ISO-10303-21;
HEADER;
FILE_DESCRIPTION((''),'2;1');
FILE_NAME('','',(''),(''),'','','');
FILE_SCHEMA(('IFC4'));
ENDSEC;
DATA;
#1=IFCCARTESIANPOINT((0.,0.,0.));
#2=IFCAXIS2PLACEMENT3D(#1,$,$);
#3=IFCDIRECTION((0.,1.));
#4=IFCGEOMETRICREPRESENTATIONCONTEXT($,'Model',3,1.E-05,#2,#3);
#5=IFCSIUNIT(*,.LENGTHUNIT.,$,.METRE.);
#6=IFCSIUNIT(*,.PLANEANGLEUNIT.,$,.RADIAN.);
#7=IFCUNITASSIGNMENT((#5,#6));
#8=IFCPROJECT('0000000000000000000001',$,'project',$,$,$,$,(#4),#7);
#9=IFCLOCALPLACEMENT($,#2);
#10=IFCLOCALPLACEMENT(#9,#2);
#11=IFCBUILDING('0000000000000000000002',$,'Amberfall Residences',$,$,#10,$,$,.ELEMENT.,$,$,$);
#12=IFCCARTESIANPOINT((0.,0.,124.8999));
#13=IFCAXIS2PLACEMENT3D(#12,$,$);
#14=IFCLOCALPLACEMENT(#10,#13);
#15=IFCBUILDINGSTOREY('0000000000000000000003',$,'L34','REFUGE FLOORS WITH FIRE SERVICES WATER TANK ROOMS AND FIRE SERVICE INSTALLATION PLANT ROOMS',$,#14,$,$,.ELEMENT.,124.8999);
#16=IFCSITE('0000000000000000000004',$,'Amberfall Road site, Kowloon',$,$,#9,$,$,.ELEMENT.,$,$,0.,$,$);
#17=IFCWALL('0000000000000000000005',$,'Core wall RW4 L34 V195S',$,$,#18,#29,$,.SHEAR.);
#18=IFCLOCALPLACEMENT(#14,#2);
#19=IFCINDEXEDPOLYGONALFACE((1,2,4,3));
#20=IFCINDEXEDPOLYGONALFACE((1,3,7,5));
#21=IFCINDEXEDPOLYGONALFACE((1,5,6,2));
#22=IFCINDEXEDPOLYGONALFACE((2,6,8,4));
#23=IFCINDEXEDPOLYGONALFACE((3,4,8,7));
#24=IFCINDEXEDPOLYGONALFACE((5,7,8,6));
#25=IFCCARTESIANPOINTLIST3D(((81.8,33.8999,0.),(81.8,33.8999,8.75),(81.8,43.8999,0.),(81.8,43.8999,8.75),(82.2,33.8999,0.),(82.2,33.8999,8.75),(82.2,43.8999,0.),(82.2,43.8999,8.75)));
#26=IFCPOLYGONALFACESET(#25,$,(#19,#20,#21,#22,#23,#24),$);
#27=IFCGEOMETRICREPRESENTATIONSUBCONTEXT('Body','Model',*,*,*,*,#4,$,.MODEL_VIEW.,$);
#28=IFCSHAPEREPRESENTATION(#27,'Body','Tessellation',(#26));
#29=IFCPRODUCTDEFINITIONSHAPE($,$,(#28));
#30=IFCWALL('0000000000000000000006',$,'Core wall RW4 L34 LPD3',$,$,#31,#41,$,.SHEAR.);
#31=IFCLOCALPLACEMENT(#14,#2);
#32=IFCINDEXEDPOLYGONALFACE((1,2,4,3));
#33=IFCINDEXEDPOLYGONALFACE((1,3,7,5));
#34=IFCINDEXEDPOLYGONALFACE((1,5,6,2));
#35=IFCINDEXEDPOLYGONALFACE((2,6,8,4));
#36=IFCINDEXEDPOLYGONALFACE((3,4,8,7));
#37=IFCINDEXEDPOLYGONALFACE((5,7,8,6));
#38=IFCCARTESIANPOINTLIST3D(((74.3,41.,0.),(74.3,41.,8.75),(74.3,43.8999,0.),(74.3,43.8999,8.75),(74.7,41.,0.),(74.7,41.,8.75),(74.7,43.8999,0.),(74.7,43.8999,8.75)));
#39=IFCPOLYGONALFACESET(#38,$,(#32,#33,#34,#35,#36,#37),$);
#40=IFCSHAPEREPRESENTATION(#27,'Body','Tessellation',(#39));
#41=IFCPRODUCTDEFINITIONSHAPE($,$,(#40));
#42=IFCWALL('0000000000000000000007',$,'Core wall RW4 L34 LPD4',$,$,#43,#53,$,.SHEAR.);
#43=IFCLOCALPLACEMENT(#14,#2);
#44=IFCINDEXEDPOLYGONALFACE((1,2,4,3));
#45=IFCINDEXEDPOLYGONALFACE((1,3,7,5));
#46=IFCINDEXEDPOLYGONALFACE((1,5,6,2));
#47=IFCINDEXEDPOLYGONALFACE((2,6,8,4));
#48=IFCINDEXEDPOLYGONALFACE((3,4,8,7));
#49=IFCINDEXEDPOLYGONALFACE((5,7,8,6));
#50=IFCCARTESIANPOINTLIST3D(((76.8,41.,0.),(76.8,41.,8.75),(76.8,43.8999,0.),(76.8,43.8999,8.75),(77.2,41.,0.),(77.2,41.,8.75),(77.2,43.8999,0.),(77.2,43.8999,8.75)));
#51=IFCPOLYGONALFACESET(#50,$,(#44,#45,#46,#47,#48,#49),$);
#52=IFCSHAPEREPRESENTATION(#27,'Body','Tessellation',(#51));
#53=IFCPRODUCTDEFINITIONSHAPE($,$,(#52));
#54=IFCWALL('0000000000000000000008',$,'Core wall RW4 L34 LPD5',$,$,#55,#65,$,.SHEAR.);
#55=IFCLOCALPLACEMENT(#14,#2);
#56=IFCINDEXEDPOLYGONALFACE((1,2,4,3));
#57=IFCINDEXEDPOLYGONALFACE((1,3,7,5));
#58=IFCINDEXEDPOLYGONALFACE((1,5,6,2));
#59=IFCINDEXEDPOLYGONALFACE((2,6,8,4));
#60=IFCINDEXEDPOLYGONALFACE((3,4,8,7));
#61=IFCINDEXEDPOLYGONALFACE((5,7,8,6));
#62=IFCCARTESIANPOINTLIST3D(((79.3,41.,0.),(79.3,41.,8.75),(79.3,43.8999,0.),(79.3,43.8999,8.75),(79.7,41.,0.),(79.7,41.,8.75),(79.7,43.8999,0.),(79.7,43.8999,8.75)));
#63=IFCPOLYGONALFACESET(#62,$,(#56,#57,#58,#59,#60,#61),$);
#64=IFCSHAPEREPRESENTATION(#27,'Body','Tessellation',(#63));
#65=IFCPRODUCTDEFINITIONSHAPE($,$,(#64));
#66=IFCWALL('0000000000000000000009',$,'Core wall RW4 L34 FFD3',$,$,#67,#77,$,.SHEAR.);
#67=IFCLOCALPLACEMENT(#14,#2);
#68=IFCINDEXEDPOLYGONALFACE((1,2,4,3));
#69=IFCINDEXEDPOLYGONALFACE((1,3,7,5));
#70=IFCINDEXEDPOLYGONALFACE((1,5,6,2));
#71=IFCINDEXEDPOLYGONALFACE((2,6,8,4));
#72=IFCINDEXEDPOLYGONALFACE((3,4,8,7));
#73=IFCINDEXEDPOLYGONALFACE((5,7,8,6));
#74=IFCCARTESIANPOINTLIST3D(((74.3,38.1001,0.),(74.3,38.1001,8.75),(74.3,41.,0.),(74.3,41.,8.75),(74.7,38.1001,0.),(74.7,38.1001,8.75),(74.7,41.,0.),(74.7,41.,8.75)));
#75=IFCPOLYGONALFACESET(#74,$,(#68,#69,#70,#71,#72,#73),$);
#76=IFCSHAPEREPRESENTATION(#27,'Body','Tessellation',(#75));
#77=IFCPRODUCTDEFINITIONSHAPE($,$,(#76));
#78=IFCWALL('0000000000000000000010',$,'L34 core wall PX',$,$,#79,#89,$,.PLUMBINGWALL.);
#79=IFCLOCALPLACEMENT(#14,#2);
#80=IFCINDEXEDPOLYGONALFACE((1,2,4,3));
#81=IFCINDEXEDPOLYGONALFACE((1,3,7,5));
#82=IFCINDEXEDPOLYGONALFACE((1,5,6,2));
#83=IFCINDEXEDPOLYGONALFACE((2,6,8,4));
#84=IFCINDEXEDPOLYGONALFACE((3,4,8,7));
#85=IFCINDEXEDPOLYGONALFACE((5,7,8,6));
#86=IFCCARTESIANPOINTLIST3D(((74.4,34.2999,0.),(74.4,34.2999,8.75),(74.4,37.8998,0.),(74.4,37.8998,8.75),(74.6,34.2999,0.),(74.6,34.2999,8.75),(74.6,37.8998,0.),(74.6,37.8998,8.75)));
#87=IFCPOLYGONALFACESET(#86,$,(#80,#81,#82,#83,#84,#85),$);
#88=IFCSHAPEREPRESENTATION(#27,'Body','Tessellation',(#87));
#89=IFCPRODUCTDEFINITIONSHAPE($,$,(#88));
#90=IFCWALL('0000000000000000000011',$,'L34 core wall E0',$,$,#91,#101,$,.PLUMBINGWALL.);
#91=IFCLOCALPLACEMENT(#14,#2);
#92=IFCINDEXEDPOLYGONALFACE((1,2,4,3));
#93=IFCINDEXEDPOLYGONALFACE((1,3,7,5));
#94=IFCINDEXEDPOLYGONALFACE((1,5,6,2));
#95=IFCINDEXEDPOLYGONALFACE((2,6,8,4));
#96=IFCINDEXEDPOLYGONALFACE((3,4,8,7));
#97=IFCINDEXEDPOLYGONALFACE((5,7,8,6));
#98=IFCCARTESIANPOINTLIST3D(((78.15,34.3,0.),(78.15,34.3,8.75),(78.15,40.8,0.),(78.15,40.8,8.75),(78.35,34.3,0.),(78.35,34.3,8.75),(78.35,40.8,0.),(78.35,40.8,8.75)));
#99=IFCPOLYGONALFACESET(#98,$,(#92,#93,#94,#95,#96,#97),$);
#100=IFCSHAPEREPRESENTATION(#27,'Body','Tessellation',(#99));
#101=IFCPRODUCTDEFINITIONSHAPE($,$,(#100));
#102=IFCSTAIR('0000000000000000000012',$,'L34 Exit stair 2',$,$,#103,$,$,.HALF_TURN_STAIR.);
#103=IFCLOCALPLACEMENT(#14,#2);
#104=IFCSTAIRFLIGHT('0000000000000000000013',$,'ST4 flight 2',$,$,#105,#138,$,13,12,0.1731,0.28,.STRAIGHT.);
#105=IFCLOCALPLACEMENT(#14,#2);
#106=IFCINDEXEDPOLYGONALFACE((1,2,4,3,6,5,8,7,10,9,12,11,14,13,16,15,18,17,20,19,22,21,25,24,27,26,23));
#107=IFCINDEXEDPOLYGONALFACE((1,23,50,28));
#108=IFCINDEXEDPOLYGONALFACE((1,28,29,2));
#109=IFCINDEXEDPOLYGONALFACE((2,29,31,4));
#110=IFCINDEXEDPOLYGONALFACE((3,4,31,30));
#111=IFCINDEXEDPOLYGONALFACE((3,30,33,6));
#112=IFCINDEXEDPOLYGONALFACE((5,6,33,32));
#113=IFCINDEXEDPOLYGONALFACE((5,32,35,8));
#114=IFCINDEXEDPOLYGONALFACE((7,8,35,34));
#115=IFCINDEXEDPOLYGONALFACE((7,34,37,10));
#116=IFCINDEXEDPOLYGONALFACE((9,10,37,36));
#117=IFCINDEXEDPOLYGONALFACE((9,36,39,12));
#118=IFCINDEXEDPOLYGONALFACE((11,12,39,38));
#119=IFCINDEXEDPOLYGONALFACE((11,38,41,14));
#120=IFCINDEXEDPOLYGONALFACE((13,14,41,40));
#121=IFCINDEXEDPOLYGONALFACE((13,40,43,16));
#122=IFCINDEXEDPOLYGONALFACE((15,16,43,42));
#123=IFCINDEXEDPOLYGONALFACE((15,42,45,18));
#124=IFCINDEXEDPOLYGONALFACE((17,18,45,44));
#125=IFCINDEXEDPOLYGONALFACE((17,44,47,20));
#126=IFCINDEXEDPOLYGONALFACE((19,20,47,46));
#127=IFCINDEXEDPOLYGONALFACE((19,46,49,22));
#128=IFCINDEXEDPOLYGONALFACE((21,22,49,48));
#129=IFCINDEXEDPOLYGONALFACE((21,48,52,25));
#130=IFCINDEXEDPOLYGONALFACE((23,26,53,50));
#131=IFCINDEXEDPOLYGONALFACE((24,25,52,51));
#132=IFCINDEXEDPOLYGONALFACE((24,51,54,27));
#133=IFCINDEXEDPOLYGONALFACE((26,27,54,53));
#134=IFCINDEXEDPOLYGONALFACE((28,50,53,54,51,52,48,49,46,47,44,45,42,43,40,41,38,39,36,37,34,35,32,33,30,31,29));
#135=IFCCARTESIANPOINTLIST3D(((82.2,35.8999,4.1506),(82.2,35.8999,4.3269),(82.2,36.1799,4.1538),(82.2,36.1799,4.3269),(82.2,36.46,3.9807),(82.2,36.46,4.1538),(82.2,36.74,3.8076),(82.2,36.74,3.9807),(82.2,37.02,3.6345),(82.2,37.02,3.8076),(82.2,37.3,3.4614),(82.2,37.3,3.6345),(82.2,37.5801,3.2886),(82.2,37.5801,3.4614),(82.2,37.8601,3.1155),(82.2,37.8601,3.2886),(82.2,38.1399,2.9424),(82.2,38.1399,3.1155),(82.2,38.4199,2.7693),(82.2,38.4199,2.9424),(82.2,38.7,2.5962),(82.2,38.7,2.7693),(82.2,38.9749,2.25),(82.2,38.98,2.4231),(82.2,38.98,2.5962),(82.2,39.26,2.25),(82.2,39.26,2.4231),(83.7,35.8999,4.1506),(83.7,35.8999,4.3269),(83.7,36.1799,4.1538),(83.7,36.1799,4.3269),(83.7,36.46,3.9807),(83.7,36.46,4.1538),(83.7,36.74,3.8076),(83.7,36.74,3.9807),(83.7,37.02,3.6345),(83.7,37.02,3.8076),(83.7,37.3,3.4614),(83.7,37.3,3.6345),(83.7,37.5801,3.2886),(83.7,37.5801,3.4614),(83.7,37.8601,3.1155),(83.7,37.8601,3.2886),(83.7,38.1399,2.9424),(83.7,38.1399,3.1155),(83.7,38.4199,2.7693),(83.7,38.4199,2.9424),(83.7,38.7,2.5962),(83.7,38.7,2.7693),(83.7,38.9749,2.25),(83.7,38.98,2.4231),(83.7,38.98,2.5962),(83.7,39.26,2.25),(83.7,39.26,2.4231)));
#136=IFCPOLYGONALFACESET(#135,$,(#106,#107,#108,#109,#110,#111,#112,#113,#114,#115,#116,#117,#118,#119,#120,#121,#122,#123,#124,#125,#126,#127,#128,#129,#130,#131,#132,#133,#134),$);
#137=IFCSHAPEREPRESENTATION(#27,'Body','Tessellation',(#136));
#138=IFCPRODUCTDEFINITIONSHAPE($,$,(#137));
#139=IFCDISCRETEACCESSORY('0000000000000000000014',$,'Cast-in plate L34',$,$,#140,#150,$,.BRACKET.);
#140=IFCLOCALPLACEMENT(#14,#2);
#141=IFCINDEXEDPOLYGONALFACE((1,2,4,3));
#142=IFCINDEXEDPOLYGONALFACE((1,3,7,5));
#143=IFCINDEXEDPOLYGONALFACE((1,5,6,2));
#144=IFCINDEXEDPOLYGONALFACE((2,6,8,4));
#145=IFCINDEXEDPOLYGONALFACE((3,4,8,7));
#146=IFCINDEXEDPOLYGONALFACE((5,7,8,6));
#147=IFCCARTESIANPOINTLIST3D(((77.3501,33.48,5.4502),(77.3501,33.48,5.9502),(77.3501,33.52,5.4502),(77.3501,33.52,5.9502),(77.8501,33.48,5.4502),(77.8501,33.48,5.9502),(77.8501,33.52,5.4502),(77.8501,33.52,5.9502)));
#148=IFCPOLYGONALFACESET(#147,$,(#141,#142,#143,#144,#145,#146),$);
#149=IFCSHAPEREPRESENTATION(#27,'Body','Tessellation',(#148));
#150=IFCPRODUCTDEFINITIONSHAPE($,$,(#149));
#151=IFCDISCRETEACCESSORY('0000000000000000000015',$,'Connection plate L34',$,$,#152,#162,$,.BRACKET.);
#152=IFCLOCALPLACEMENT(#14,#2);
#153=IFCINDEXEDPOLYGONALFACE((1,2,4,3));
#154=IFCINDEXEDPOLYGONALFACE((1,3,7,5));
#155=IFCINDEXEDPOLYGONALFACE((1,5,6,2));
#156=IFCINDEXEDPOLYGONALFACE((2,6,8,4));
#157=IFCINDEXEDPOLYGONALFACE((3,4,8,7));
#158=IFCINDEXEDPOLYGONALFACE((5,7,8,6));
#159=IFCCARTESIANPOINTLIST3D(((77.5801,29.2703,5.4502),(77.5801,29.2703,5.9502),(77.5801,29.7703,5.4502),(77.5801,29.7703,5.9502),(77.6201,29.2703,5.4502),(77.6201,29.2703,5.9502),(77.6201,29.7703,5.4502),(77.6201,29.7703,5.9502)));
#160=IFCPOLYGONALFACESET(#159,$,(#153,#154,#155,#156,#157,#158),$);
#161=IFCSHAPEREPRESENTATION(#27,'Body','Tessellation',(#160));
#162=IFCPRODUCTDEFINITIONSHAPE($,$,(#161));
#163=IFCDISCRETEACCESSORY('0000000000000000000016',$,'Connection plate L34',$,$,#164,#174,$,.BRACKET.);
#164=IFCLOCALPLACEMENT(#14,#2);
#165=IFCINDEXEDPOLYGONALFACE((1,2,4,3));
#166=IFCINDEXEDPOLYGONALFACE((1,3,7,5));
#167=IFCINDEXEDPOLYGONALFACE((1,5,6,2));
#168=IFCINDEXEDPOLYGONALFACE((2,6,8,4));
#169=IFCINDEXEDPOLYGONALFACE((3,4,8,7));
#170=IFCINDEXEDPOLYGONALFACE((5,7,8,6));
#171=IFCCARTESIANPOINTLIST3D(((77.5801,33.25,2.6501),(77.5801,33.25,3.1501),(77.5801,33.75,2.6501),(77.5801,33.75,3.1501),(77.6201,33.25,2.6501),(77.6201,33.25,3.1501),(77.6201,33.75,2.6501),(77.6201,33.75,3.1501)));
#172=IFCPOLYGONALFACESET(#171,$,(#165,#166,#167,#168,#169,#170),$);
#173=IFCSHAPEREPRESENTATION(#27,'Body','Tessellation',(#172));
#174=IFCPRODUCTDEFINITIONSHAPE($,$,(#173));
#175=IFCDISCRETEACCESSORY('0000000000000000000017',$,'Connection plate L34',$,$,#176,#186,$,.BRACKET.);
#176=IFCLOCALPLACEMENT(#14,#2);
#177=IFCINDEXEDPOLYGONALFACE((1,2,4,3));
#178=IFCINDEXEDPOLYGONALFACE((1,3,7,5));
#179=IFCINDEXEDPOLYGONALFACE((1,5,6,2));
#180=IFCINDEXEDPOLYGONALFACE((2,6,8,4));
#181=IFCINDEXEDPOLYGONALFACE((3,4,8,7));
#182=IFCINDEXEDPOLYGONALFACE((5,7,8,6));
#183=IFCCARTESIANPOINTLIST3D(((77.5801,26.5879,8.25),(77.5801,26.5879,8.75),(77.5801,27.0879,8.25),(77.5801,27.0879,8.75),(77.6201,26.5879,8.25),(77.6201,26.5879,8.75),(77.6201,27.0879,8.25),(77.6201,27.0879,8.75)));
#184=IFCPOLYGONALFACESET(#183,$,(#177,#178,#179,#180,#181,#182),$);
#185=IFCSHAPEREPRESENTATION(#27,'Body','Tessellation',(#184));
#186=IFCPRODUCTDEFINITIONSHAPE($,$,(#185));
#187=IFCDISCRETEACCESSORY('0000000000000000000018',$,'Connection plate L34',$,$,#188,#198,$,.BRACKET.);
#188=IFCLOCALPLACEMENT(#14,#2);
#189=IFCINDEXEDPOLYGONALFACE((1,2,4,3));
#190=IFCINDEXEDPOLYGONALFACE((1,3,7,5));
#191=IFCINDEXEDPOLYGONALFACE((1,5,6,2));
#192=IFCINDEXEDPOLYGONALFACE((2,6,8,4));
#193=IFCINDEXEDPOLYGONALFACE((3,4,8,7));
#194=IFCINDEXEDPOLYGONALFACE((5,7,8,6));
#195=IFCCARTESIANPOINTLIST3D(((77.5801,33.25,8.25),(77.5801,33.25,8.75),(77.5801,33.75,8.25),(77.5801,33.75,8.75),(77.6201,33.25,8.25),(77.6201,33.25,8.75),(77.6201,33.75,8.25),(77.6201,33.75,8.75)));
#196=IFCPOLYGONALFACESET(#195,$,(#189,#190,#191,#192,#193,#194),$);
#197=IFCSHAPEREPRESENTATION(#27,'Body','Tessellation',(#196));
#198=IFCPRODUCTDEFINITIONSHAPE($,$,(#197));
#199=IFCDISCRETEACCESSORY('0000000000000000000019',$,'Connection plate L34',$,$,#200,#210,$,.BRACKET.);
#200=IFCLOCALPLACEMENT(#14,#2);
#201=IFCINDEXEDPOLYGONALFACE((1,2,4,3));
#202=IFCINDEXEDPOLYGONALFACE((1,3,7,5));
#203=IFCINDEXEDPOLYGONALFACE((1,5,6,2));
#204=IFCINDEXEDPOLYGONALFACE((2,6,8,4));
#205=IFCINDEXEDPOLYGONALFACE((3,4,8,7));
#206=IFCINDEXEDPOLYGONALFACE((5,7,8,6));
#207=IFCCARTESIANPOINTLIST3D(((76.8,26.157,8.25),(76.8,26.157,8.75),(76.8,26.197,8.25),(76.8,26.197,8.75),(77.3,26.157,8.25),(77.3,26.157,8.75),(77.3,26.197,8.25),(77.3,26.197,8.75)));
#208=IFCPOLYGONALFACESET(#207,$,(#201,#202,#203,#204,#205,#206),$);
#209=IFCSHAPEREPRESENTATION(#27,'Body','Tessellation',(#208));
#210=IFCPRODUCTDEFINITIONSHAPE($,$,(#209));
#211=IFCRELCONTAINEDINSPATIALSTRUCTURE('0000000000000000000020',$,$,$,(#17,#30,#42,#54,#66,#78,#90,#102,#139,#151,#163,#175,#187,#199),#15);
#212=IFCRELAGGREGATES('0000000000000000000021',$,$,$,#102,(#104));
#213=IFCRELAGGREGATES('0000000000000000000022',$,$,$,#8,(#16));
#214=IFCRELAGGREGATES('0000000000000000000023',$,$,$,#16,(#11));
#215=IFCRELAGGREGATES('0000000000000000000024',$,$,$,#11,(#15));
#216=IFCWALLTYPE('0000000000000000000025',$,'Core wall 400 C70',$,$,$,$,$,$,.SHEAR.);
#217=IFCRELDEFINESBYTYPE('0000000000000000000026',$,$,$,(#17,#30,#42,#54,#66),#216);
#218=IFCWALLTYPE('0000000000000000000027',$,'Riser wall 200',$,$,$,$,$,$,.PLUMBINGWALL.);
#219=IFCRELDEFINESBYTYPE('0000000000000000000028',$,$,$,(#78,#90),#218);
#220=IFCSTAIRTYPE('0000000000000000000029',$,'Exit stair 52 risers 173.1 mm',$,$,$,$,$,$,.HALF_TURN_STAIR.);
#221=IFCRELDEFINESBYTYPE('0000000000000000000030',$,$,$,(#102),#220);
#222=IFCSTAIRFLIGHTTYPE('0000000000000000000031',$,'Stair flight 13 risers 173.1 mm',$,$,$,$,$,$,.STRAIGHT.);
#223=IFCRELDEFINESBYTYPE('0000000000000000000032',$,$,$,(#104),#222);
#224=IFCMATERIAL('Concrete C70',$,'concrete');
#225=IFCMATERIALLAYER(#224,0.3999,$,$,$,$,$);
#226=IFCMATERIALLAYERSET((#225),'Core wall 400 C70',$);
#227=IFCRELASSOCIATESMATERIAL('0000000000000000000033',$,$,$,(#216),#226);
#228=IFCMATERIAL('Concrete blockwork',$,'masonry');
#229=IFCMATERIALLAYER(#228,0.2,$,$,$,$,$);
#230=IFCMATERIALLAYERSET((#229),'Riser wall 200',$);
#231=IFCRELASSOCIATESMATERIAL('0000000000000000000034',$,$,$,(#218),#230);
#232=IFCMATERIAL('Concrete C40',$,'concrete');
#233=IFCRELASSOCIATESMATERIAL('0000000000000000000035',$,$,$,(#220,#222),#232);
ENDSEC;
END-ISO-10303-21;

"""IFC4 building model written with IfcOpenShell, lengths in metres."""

from ifc_helpers import new_model, si_unit, direction, frame, frame_2d, origin, origin_2d, place, context, subcontext, project, spatial, polyline, rectangle, outline, extrude, material, layer, layer_set, type_object, element, aggregate, save


model = new_model("IFC4")

# Units and contexts
model_context = context("Model", 3, precision=1e-05, world=origin(), true_north=direction((0.0, 1.0)))
body_context = subcontext(model_context, "Body", "Model", "MODEL_VIEW")
ifc_project = project(units=[si_unit("LENGTHUNIT", "METRE"), si_unit("PLANEANGLEUNIT", "RADIAN")], contexts=[model_context])

# Site, building, storey
site_placement = place(None, origin())
site = spatial("IfcSite", under=ifc_project, at=site_placement, Name="Amberfall Road site, Kowloon", CompositionType="ELEMENT", RefElevation=0.0)
building_placement = place(site_placement, origin())
building = spatial("IfcBuilding", under=site, at=building_placement, Name="Amberfall Residences", CompositionType="ELEMENT")
storey_placement = place(building_placement, frame((0.0, 0.0, 124.8999)))
storey = spatial("IfcBuildingStorey", under=building, at=storey_placement, Name="L34", Description="REFUGE FLOORS WITH FIRE SERVICES WATER TANK ROOMS AND FIRE SERVICE INSTALLATION PLANT ROOMS", CompositionType="ELEMENT", Elevation=124.8999)

# Walls
ifc_material_1 = material(Name="Concrete C70", Category="concrete")
ifc_layer_1 = layer(ifc_material_1, 0.3999)
ifc_layer_set_1 = layer_set([ifc_layer_1], Name="Core wall 400 C70")
wall_type_1 = type_object("IfcWallType", Name="Core wall 400 C70", PredefinedType="SHEAR", material=ifc_layer_set_1)
wall_1_placement = place(storey_placement, frame((82.0, 33.8999, 0.0), z_axis=(0.0, 0.0, 1.0), x_axis=(0.0, 1.0, 0.0)))
element("IfcWall", 1, at=wall_1_placement, inside=storey, type_object=wall_type_1, Name="Core wall RW4 L34 V195S", PredefinedType="SHEAR", context=body_context, shape_type="SweptSolid", body=[
    extrude(rectangle(XDim=10.0, YDim=0.3999, at=frame_2d((5.0, 0.0))), origin(), (0.0, 0.0, 1.0), 8.75),
])
for number, where, z_axis, x_axis, name in (
    (2, (74.5, 41.0, 0.0), (0.0, 0.0, 1.0), (0.0, 1.0, 0.0), "Core wall RW4 L34 LPD3"),
    (3, (77.0, 41.0, 0.0), (0.0, 0.0, 1.0), (0.0, 1.0, 0.0), "Core wall RW4 L34 LPD4"),
    (4, (79.5, 41.0, 0.0), (0.0, 0.0, 1.0), (0.0, 1.0, 0.0), "Core wall RW4 L34 LPD5"),
    (5, (74.5, 38.1001, 0.0), (0.0, 0.0, 1.0), (0.0, 1.0, 0.0), "Core wall RW4 L34 FFD3"),
):
    element("IfcWall", number, at=place(storey_placement, frame(where, z_axis=z_axis, x_axis=x_axis)), inside=storey, type_object=wall_type_1, Name=name, PredefinedType="SHEAR", context=body_context, shape_type="SweptSolid", body=[
        extrude(rectangle(XDim=2.8999, YDim=0.3999, at=frame_2d((1.45, 0.0))), origin(), (0.0, 0.0, 1.0), 8.75),
    ])
ifc_material_2 = material(Name="Concrete blockwork", Category="masonry")
ifc_layer_2 = layer(ifc_material_2, 0.2)
ifc_layer_set_2 = layer_set([ifc_layer_2], Name="Riser wall 200")
wall_type_2 = type_object("IfcWallType", Name="Riser wall 200", PredefinedType="PLUMBINGWALL", material=ifc_layer_set_2)
wall_2_placement = place(storey_placement, frame((74.5, 34.3, 0.0), z_axis=(0.0, 0.0, 1.0), x_axis=(0.0, 1.0, 0.0)))
element("IfcWall", 6, at=wall_2_placement, inside=storey, type_object=wall_type_2, Name="L34 core wall PX", PredefinedType="PLUMBINGWALL", context=body_context, shape_type="SweptSolid", body=[
    extrude(rectangle(XDim=3.5999, YDim=0.2, at=frame_2d((1.7998, 0.0))), origin(), (0.0, 0.0, 1.0), 8.75),
])
wall_3_placement = place(storey_placement, frame((78.25, 34.3, 0.0), z_axis=(0.0, 0.0, 1.0), x_axis=(0.0, 1.0, 0.0)))
element("IfcWall", 7, at=wall_3_placement, inside=storey, type_object=wall_type_2, Name="L34 core wall E0", PredefinedType="PLUMBINGWALL", context=body_context, shape_type="SweptSolid", body=[
    extrude(rectangle(XDim=6.5, YDim=0.2, at=frame_2d((3.25, 0.0))), origin(), (0.0, 0.0, 1.0), 8.75),
])

# Stair, stair flight
ifc_material_3 = material(Name="Concrete C40", Category="concrete")
stair_type = type_object("IfcStairType", Name="Exit stair 52 risers 173.1 mm", PredefinedType="HALF_TURN_STAIR", material=ifc_material_3)
stair_placement = place(storey_placement, origin())
stair = element("IfcStair", 8, at=stair_placement, inside=storey, type_object=stair_type, Name="L34 Exit stair 2", PredefinedType="HALF_TURN_STAIR")
stair_flight_type = type_object("IfcStairFlightType", Name="Stair flight 13 risers 173.1 mm", PredefinedType="STRAIGHT", material=ifc_material_3)
stair_flight_placement = place(storey_placement, frame((82.95, 39.26, 2.25), z_axis=(0.0, 0.0, 1.0), x_axis=(0.0, -1.0, 0.0)))
stair_flight = element("IfcStairFlight", 9, at=stair_flight_placement, type_object=stair_flight_type, Name="ST4 flight 2", NumberOfRisers=13, NumberOfTreads=12, PredefinedType="STRAIGHT", RiserHeight=0.1731, TreadLength=0.28, context=body_context, shape_type="SweptSolid", body=[
    extrude(outline(polyline([(0.0, 0.0), (0.0, 0.1731), (0.28, 0.1731), (0.28, 0.3462), (0.5601, 0.3462), (0.5601, 0.5193), (0.8401, 0.5193), (0.8401, 0.6924), (1.1201, 0.6924), (1.1201, 0.8655), (1.3999, 0.8655), (1.3999, 1.0386), (1.6799, 1.0386), (1.6799, 1.2114), (1.96, 1.2114), (1.96, 1.3845), (2.24, 1.3845), (2.24, 1.5576), (2.52, 1.5576), (2.52, 1.7307), (2.8, 1.7307), (2.8, 1.9038), (3.0801, 1.9038), (3.0801, 2.0769), (3.3601, 2.0769), (3.3601, 2.25), (3.3601, 1.9006), (0.2852, 0.0), (0.0, 0.0)])), frame((0.0, 0.75, 0.0), z_axis=(0.0, -1.0, 0.0), x_axis=(1.0, 0.0, 0.0)), (0.0, 0.0, 1.0), 1.5),
])
aggregate(stair, [stair_flight])

# Discrete accessories
discrete_accessory_1_placement = place(storey_placement, frame((77.6001, 33.5, 5.4502), z_axis=(0.0, 0.0, 1.0), x_axis=(0.0, 1.0, 0.0)))
element("IfcDiscreteAccessory", 10, at=discrete_accessory_1_placement, inside=storey, Name="Cast-in plate L34", PredefinedType="BRACKET", context=body_context, shape_type="SweptSolid", body=[
    extrude(rectangle(XDim=0.04, YDim=0.5, at=origin_2d()), origin(), (0.0, 0.0, 1.0), 0.5),
])
for number, where, z_axis, x_axis, name in (
    (11, (77.6001, 29.5203, 5.4502), (0.0, 0.0, 1.0), (0.0, 1.0, 0.0), "Connection plate L34"),
    (12, (77.6001, 33.5, 2.6501), (0.0, 0.0, 1.0), (0.0, 1.0, 0.0), "Connection plate L34"),
    (13, (77.6001, 26.8379, 8.25), (0.0, 0.0, 1.0), (0.0, 1.0, 0.0), "Connection plate L34"),
    (14, (77.6001, 33.5, 8.25), (0.0, 0.0, 1.0), (0.0, 1.0, 0.0), "Connection plate L34"),
    (15, (77.05, 26.177, 8.25), (0.0, 0.0, 1.0), (1.0, 0.0, 0.0), "Connection plate L34"),
):
    element("IfcDiscreteAccessory", number, at=place(storey_placement, frame(where, z_axis=z_axis, x_axis=x_axis)), inside=storey, Name=name, PredefinedType="BRACKET", context=body_context, shape_type="SweptSolid", body=[
        extrude(rectangle(XDim=0.5, YDim=0.04, at=origin_2d()), origin(), (0.0, 0.0, 1.0), 0.5),
    ])

save(model, "model.ifc")
